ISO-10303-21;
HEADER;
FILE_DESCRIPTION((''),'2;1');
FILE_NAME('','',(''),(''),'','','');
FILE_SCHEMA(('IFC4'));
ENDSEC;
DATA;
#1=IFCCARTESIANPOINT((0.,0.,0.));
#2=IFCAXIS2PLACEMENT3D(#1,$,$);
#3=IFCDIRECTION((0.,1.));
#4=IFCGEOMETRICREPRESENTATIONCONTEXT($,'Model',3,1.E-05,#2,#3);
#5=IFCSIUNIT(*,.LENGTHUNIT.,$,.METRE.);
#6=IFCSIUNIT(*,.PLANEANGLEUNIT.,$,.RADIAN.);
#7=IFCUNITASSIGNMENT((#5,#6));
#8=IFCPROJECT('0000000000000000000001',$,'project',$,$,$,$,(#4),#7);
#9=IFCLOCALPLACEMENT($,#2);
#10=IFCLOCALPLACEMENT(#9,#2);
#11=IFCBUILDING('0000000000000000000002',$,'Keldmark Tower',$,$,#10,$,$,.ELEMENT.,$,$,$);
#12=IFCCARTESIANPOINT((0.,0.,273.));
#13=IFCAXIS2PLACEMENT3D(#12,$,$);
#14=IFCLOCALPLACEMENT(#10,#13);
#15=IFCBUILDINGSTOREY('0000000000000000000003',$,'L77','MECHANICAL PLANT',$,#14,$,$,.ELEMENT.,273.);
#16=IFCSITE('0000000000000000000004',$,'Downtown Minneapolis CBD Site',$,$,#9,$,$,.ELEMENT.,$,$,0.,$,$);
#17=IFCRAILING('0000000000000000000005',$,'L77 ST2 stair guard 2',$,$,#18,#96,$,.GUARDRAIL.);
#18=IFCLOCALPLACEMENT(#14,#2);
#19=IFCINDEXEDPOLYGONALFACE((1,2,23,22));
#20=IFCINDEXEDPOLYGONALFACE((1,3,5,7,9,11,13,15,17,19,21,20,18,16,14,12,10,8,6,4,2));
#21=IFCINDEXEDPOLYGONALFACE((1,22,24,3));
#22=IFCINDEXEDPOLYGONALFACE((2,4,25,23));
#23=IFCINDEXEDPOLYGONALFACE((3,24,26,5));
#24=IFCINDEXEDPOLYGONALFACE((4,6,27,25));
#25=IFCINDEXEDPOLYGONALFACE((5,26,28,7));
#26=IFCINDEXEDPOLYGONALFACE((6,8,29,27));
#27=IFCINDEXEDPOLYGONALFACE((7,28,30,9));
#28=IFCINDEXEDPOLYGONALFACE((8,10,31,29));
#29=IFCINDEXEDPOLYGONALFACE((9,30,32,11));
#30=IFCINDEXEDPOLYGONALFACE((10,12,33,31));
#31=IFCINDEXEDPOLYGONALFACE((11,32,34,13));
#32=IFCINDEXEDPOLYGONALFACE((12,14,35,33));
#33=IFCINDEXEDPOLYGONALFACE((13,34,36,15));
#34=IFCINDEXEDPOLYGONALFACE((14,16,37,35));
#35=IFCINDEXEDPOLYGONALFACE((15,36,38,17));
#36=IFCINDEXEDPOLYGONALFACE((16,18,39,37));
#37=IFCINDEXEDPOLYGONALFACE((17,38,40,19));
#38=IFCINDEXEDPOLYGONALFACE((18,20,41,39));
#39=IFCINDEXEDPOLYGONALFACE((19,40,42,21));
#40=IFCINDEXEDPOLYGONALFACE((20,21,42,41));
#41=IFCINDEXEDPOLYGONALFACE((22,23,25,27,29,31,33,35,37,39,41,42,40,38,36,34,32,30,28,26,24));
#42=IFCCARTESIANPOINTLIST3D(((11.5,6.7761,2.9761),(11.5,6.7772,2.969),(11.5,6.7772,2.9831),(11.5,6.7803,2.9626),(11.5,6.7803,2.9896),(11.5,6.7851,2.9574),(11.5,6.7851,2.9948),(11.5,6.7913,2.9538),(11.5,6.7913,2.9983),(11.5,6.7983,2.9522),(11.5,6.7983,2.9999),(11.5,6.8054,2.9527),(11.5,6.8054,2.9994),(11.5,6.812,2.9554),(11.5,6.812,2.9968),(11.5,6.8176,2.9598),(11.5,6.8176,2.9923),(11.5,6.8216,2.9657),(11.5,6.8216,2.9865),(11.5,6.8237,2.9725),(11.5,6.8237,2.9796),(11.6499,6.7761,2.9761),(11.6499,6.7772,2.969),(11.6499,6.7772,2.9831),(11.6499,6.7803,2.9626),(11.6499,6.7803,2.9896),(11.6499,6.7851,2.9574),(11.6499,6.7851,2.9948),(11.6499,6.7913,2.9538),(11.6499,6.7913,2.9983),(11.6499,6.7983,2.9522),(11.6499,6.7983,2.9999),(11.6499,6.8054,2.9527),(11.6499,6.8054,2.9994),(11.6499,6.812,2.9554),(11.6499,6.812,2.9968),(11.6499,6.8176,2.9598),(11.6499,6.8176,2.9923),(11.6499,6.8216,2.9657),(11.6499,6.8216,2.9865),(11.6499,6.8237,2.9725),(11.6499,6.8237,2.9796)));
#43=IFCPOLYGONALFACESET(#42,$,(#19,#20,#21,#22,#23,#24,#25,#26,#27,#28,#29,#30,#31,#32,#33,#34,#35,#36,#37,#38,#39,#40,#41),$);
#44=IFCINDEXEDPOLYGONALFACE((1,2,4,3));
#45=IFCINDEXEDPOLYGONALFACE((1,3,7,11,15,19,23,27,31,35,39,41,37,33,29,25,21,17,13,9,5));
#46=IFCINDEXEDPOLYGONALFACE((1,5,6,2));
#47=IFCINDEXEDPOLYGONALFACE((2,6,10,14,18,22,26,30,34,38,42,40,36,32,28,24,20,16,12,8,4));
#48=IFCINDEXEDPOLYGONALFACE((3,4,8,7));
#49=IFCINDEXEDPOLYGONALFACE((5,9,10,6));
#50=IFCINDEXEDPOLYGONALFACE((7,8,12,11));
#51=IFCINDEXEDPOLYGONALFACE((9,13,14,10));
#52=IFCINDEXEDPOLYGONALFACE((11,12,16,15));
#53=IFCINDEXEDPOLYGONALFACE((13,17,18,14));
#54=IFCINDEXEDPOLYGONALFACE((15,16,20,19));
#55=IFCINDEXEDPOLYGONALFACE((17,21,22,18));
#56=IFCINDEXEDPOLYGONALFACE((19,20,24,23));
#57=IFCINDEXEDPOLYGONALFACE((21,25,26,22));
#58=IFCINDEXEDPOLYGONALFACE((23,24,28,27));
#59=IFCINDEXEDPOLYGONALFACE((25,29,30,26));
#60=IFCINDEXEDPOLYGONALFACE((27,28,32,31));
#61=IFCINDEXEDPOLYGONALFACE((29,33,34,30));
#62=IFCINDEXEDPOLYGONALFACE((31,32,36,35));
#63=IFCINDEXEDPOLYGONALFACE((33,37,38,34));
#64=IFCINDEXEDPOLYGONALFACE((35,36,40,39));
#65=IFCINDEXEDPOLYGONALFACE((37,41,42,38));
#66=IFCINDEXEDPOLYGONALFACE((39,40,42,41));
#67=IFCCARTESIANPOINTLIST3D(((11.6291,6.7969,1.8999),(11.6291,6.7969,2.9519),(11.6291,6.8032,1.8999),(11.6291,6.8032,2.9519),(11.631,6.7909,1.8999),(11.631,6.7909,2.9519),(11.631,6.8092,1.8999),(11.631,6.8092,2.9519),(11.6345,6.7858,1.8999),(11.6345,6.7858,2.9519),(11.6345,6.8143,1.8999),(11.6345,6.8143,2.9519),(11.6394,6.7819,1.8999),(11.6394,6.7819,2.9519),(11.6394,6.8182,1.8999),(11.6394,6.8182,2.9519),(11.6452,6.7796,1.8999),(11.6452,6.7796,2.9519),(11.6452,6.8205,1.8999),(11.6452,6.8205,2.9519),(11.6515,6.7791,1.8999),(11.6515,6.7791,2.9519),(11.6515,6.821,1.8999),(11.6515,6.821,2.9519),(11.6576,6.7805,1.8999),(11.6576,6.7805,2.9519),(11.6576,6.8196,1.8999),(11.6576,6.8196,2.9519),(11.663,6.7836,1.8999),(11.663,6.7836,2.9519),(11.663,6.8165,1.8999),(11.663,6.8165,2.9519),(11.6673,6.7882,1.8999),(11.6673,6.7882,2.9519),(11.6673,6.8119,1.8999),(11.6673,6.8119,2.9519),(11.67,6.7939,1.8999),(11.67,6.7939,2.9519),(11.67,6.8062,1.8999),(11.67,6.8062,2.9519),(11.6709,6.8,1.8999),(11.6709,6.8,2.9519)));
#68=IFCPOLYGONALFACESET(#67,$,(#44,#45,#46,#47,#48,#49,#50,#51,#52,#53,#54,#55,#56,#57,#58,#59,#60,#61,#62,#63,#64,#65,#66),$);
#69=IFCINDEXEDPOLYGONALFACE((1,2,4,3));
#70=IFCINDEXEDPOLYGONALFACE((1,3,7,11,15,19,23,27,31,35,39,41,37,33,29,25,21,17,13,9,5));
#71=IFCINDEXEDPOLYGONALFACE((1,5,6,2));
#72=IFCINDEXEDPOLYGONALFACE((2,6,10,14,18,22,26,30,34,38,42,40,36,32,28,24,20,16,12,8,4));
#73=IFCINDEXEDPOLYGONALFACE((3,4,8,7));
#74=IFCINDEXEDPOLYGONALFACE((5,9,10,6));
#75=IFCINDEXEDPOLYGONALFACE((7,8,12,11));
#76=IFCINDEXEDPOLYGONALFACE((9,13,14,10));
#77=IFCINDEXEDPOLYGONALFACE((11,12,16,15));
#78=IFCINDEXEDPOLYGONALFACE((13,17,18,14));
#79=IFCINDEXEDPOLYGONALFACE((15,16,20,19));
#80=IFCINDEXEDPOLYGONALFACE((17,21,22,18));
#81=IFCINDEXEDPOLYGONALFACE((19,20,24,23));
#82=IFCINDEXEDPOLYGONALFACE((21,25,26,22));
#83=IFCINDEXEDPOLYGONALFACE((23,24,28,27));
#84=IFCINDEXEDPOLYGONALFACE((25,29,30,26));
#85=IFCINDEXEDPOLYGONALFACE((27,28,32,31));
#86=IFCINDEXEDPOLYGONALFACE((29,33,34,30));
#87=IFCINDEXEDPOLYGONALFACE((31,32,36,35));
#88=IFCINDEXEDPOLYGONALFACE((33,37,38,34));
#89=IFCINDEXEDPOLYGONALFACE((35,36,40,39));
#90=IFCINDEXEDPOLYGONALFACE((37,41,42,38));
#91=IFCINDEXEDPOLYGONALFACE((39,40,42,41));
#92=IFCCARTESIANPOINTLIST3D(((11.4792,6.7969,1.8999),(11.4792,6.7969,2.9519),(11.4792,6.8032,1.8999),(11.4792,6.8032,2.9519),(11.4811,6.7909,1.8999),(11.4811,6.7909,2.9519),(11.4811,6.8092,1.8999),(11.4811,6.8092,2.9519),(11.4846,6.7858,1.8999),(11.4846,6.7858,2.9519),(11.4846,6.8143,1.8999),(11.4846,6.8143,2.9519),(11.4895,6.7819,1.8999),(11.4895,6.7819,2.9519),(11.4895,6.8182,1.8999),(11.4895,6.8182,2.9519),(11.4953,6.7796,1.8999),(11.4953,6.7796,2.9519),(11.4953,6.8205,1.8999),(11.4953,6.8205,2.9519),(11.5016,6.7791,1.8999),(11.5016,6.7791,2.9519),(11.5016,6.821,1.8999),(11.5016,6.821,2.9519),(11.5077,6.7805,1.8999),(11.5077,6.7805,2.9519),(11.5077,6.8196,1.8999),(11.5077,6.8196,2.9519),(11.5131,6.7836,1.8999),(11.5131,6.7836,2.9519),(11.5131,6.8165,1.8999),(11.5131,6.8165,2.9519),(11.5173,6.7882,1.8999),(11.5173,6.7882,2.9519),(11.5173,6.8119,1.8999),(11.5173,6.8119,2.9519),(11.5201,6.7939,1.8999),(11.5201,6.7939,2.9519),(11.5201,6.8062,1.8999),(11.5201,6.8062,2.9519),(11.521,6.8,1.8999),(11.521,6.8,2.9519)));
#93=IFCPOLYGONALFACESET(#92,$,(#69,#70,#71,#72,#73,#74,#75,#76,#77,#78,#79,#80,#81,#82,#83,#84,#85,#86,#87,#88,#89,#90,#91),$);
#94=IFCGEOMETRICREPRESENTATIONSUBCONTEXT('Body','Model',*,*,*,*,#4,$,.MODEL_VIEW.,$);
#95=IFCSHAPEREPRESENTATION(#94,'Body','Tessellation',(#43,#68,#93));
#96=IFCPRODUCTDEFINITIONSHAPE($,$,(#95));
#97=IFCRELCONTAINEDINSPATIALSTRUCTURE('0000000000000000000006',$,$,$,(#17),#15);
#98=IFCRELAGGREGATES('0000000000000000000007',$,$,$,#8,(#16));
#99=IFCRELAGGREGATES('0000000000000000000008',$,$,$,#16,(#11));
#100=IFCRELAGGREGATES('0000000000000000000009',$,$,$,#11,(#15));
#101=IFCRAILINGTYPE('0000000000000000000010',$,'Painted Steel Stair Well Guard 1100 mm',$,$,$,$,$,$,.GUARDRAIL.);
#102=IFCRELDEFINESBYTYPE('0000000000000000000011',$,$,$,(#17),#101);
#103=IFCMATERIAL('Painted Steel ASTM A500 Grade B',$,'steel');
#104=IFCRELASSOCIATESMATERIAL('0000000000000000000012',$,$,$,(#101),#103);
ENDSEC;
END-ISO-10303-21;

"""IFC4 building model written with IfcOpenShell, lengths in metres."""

from ifc_helpers import new_model, si_unit, direction, frame, origin, origin_2d, place, context, subcontext, project, spatial, circle, extrude, material, type_object, element, save


model = new_model("IFC4")

# Units and contexts
model_context = context("Model", 3, precision=1e-05, world=origin(), true_north=direction((0.0, 1.0)))
body_context = subcontext(model_context, "Body", "Model", "MODEL_VIEW")
ifc_project = project(units=[si_unit("LENGTHUNIT", "METRE"), si_unit("PLANEANGLEUNIT", "RADIAN")], contexts=[model_context])

# Site, building, storey
site_placement = place(None, origin())
site = spatial("IfcSite", under=ifc_project, at=site_placement, Name="Downtown Minneapolis CBD Site", CompositionType="ELEMENT", RefElevation=0.0)
building_placement = place(site_placement, origin())
building = spatial("IfcBuilding", under=site, at=building_placement, Name="Keldmark Tower", CompositionType="ELEMENT")
storey_placement = place(building_placement, frame((0.0, 0.0, 273.0)))
storey = spatial("IfcBuildingStorey", under=building, at=storey_placement, Name="L77", Description="MECHANICAL PLANT", CompositionType="ELEMENT", Elevation=273.0)

# Railing
ifc_material_1 = material(Name="Painted Steel ASTM A500 Grade B", Category="steel")
railing_type_1 = type_object("IfcRailingType", Name="Painted Steel Stair Well Guard 1100 mm", PredefinedType="GUARDRAIL", material=ifc_material_1)
railing_1_placement = place(storey_placement, frame((11.6499, 6.8, 1.8999)))
element("IfcRailing", 1, at=railing_1_placement, inside=storey, type_object=railing_type_1, Name="L77 ST2 stair guard 2", PredefinedType="GUARDRAIL", context=body_context, shape_type="SweptSolid", body=[
    extrude(circle(Radius=0.0239, at=origin_2d()), frame((0.0, 0.0, 1.0762), z_axis=(-1.0, 0.0, 0.0), x_axis=(0.0, -1.0, 0.0)), (0.0, 0.0, 1.0), 0.1499),
    extrude(circle(Radius=0.021, at=origin_2d()), origin(), (0.0, 0.0, 1.0), 1.052),
    extrude(circle(Radius=0.021, at=origin_2d()), frame((-0.1499, 0.0, 0.0)), (0.0, 0.0, 1.0), 1.052),
])

save(model, "model.ifc")
